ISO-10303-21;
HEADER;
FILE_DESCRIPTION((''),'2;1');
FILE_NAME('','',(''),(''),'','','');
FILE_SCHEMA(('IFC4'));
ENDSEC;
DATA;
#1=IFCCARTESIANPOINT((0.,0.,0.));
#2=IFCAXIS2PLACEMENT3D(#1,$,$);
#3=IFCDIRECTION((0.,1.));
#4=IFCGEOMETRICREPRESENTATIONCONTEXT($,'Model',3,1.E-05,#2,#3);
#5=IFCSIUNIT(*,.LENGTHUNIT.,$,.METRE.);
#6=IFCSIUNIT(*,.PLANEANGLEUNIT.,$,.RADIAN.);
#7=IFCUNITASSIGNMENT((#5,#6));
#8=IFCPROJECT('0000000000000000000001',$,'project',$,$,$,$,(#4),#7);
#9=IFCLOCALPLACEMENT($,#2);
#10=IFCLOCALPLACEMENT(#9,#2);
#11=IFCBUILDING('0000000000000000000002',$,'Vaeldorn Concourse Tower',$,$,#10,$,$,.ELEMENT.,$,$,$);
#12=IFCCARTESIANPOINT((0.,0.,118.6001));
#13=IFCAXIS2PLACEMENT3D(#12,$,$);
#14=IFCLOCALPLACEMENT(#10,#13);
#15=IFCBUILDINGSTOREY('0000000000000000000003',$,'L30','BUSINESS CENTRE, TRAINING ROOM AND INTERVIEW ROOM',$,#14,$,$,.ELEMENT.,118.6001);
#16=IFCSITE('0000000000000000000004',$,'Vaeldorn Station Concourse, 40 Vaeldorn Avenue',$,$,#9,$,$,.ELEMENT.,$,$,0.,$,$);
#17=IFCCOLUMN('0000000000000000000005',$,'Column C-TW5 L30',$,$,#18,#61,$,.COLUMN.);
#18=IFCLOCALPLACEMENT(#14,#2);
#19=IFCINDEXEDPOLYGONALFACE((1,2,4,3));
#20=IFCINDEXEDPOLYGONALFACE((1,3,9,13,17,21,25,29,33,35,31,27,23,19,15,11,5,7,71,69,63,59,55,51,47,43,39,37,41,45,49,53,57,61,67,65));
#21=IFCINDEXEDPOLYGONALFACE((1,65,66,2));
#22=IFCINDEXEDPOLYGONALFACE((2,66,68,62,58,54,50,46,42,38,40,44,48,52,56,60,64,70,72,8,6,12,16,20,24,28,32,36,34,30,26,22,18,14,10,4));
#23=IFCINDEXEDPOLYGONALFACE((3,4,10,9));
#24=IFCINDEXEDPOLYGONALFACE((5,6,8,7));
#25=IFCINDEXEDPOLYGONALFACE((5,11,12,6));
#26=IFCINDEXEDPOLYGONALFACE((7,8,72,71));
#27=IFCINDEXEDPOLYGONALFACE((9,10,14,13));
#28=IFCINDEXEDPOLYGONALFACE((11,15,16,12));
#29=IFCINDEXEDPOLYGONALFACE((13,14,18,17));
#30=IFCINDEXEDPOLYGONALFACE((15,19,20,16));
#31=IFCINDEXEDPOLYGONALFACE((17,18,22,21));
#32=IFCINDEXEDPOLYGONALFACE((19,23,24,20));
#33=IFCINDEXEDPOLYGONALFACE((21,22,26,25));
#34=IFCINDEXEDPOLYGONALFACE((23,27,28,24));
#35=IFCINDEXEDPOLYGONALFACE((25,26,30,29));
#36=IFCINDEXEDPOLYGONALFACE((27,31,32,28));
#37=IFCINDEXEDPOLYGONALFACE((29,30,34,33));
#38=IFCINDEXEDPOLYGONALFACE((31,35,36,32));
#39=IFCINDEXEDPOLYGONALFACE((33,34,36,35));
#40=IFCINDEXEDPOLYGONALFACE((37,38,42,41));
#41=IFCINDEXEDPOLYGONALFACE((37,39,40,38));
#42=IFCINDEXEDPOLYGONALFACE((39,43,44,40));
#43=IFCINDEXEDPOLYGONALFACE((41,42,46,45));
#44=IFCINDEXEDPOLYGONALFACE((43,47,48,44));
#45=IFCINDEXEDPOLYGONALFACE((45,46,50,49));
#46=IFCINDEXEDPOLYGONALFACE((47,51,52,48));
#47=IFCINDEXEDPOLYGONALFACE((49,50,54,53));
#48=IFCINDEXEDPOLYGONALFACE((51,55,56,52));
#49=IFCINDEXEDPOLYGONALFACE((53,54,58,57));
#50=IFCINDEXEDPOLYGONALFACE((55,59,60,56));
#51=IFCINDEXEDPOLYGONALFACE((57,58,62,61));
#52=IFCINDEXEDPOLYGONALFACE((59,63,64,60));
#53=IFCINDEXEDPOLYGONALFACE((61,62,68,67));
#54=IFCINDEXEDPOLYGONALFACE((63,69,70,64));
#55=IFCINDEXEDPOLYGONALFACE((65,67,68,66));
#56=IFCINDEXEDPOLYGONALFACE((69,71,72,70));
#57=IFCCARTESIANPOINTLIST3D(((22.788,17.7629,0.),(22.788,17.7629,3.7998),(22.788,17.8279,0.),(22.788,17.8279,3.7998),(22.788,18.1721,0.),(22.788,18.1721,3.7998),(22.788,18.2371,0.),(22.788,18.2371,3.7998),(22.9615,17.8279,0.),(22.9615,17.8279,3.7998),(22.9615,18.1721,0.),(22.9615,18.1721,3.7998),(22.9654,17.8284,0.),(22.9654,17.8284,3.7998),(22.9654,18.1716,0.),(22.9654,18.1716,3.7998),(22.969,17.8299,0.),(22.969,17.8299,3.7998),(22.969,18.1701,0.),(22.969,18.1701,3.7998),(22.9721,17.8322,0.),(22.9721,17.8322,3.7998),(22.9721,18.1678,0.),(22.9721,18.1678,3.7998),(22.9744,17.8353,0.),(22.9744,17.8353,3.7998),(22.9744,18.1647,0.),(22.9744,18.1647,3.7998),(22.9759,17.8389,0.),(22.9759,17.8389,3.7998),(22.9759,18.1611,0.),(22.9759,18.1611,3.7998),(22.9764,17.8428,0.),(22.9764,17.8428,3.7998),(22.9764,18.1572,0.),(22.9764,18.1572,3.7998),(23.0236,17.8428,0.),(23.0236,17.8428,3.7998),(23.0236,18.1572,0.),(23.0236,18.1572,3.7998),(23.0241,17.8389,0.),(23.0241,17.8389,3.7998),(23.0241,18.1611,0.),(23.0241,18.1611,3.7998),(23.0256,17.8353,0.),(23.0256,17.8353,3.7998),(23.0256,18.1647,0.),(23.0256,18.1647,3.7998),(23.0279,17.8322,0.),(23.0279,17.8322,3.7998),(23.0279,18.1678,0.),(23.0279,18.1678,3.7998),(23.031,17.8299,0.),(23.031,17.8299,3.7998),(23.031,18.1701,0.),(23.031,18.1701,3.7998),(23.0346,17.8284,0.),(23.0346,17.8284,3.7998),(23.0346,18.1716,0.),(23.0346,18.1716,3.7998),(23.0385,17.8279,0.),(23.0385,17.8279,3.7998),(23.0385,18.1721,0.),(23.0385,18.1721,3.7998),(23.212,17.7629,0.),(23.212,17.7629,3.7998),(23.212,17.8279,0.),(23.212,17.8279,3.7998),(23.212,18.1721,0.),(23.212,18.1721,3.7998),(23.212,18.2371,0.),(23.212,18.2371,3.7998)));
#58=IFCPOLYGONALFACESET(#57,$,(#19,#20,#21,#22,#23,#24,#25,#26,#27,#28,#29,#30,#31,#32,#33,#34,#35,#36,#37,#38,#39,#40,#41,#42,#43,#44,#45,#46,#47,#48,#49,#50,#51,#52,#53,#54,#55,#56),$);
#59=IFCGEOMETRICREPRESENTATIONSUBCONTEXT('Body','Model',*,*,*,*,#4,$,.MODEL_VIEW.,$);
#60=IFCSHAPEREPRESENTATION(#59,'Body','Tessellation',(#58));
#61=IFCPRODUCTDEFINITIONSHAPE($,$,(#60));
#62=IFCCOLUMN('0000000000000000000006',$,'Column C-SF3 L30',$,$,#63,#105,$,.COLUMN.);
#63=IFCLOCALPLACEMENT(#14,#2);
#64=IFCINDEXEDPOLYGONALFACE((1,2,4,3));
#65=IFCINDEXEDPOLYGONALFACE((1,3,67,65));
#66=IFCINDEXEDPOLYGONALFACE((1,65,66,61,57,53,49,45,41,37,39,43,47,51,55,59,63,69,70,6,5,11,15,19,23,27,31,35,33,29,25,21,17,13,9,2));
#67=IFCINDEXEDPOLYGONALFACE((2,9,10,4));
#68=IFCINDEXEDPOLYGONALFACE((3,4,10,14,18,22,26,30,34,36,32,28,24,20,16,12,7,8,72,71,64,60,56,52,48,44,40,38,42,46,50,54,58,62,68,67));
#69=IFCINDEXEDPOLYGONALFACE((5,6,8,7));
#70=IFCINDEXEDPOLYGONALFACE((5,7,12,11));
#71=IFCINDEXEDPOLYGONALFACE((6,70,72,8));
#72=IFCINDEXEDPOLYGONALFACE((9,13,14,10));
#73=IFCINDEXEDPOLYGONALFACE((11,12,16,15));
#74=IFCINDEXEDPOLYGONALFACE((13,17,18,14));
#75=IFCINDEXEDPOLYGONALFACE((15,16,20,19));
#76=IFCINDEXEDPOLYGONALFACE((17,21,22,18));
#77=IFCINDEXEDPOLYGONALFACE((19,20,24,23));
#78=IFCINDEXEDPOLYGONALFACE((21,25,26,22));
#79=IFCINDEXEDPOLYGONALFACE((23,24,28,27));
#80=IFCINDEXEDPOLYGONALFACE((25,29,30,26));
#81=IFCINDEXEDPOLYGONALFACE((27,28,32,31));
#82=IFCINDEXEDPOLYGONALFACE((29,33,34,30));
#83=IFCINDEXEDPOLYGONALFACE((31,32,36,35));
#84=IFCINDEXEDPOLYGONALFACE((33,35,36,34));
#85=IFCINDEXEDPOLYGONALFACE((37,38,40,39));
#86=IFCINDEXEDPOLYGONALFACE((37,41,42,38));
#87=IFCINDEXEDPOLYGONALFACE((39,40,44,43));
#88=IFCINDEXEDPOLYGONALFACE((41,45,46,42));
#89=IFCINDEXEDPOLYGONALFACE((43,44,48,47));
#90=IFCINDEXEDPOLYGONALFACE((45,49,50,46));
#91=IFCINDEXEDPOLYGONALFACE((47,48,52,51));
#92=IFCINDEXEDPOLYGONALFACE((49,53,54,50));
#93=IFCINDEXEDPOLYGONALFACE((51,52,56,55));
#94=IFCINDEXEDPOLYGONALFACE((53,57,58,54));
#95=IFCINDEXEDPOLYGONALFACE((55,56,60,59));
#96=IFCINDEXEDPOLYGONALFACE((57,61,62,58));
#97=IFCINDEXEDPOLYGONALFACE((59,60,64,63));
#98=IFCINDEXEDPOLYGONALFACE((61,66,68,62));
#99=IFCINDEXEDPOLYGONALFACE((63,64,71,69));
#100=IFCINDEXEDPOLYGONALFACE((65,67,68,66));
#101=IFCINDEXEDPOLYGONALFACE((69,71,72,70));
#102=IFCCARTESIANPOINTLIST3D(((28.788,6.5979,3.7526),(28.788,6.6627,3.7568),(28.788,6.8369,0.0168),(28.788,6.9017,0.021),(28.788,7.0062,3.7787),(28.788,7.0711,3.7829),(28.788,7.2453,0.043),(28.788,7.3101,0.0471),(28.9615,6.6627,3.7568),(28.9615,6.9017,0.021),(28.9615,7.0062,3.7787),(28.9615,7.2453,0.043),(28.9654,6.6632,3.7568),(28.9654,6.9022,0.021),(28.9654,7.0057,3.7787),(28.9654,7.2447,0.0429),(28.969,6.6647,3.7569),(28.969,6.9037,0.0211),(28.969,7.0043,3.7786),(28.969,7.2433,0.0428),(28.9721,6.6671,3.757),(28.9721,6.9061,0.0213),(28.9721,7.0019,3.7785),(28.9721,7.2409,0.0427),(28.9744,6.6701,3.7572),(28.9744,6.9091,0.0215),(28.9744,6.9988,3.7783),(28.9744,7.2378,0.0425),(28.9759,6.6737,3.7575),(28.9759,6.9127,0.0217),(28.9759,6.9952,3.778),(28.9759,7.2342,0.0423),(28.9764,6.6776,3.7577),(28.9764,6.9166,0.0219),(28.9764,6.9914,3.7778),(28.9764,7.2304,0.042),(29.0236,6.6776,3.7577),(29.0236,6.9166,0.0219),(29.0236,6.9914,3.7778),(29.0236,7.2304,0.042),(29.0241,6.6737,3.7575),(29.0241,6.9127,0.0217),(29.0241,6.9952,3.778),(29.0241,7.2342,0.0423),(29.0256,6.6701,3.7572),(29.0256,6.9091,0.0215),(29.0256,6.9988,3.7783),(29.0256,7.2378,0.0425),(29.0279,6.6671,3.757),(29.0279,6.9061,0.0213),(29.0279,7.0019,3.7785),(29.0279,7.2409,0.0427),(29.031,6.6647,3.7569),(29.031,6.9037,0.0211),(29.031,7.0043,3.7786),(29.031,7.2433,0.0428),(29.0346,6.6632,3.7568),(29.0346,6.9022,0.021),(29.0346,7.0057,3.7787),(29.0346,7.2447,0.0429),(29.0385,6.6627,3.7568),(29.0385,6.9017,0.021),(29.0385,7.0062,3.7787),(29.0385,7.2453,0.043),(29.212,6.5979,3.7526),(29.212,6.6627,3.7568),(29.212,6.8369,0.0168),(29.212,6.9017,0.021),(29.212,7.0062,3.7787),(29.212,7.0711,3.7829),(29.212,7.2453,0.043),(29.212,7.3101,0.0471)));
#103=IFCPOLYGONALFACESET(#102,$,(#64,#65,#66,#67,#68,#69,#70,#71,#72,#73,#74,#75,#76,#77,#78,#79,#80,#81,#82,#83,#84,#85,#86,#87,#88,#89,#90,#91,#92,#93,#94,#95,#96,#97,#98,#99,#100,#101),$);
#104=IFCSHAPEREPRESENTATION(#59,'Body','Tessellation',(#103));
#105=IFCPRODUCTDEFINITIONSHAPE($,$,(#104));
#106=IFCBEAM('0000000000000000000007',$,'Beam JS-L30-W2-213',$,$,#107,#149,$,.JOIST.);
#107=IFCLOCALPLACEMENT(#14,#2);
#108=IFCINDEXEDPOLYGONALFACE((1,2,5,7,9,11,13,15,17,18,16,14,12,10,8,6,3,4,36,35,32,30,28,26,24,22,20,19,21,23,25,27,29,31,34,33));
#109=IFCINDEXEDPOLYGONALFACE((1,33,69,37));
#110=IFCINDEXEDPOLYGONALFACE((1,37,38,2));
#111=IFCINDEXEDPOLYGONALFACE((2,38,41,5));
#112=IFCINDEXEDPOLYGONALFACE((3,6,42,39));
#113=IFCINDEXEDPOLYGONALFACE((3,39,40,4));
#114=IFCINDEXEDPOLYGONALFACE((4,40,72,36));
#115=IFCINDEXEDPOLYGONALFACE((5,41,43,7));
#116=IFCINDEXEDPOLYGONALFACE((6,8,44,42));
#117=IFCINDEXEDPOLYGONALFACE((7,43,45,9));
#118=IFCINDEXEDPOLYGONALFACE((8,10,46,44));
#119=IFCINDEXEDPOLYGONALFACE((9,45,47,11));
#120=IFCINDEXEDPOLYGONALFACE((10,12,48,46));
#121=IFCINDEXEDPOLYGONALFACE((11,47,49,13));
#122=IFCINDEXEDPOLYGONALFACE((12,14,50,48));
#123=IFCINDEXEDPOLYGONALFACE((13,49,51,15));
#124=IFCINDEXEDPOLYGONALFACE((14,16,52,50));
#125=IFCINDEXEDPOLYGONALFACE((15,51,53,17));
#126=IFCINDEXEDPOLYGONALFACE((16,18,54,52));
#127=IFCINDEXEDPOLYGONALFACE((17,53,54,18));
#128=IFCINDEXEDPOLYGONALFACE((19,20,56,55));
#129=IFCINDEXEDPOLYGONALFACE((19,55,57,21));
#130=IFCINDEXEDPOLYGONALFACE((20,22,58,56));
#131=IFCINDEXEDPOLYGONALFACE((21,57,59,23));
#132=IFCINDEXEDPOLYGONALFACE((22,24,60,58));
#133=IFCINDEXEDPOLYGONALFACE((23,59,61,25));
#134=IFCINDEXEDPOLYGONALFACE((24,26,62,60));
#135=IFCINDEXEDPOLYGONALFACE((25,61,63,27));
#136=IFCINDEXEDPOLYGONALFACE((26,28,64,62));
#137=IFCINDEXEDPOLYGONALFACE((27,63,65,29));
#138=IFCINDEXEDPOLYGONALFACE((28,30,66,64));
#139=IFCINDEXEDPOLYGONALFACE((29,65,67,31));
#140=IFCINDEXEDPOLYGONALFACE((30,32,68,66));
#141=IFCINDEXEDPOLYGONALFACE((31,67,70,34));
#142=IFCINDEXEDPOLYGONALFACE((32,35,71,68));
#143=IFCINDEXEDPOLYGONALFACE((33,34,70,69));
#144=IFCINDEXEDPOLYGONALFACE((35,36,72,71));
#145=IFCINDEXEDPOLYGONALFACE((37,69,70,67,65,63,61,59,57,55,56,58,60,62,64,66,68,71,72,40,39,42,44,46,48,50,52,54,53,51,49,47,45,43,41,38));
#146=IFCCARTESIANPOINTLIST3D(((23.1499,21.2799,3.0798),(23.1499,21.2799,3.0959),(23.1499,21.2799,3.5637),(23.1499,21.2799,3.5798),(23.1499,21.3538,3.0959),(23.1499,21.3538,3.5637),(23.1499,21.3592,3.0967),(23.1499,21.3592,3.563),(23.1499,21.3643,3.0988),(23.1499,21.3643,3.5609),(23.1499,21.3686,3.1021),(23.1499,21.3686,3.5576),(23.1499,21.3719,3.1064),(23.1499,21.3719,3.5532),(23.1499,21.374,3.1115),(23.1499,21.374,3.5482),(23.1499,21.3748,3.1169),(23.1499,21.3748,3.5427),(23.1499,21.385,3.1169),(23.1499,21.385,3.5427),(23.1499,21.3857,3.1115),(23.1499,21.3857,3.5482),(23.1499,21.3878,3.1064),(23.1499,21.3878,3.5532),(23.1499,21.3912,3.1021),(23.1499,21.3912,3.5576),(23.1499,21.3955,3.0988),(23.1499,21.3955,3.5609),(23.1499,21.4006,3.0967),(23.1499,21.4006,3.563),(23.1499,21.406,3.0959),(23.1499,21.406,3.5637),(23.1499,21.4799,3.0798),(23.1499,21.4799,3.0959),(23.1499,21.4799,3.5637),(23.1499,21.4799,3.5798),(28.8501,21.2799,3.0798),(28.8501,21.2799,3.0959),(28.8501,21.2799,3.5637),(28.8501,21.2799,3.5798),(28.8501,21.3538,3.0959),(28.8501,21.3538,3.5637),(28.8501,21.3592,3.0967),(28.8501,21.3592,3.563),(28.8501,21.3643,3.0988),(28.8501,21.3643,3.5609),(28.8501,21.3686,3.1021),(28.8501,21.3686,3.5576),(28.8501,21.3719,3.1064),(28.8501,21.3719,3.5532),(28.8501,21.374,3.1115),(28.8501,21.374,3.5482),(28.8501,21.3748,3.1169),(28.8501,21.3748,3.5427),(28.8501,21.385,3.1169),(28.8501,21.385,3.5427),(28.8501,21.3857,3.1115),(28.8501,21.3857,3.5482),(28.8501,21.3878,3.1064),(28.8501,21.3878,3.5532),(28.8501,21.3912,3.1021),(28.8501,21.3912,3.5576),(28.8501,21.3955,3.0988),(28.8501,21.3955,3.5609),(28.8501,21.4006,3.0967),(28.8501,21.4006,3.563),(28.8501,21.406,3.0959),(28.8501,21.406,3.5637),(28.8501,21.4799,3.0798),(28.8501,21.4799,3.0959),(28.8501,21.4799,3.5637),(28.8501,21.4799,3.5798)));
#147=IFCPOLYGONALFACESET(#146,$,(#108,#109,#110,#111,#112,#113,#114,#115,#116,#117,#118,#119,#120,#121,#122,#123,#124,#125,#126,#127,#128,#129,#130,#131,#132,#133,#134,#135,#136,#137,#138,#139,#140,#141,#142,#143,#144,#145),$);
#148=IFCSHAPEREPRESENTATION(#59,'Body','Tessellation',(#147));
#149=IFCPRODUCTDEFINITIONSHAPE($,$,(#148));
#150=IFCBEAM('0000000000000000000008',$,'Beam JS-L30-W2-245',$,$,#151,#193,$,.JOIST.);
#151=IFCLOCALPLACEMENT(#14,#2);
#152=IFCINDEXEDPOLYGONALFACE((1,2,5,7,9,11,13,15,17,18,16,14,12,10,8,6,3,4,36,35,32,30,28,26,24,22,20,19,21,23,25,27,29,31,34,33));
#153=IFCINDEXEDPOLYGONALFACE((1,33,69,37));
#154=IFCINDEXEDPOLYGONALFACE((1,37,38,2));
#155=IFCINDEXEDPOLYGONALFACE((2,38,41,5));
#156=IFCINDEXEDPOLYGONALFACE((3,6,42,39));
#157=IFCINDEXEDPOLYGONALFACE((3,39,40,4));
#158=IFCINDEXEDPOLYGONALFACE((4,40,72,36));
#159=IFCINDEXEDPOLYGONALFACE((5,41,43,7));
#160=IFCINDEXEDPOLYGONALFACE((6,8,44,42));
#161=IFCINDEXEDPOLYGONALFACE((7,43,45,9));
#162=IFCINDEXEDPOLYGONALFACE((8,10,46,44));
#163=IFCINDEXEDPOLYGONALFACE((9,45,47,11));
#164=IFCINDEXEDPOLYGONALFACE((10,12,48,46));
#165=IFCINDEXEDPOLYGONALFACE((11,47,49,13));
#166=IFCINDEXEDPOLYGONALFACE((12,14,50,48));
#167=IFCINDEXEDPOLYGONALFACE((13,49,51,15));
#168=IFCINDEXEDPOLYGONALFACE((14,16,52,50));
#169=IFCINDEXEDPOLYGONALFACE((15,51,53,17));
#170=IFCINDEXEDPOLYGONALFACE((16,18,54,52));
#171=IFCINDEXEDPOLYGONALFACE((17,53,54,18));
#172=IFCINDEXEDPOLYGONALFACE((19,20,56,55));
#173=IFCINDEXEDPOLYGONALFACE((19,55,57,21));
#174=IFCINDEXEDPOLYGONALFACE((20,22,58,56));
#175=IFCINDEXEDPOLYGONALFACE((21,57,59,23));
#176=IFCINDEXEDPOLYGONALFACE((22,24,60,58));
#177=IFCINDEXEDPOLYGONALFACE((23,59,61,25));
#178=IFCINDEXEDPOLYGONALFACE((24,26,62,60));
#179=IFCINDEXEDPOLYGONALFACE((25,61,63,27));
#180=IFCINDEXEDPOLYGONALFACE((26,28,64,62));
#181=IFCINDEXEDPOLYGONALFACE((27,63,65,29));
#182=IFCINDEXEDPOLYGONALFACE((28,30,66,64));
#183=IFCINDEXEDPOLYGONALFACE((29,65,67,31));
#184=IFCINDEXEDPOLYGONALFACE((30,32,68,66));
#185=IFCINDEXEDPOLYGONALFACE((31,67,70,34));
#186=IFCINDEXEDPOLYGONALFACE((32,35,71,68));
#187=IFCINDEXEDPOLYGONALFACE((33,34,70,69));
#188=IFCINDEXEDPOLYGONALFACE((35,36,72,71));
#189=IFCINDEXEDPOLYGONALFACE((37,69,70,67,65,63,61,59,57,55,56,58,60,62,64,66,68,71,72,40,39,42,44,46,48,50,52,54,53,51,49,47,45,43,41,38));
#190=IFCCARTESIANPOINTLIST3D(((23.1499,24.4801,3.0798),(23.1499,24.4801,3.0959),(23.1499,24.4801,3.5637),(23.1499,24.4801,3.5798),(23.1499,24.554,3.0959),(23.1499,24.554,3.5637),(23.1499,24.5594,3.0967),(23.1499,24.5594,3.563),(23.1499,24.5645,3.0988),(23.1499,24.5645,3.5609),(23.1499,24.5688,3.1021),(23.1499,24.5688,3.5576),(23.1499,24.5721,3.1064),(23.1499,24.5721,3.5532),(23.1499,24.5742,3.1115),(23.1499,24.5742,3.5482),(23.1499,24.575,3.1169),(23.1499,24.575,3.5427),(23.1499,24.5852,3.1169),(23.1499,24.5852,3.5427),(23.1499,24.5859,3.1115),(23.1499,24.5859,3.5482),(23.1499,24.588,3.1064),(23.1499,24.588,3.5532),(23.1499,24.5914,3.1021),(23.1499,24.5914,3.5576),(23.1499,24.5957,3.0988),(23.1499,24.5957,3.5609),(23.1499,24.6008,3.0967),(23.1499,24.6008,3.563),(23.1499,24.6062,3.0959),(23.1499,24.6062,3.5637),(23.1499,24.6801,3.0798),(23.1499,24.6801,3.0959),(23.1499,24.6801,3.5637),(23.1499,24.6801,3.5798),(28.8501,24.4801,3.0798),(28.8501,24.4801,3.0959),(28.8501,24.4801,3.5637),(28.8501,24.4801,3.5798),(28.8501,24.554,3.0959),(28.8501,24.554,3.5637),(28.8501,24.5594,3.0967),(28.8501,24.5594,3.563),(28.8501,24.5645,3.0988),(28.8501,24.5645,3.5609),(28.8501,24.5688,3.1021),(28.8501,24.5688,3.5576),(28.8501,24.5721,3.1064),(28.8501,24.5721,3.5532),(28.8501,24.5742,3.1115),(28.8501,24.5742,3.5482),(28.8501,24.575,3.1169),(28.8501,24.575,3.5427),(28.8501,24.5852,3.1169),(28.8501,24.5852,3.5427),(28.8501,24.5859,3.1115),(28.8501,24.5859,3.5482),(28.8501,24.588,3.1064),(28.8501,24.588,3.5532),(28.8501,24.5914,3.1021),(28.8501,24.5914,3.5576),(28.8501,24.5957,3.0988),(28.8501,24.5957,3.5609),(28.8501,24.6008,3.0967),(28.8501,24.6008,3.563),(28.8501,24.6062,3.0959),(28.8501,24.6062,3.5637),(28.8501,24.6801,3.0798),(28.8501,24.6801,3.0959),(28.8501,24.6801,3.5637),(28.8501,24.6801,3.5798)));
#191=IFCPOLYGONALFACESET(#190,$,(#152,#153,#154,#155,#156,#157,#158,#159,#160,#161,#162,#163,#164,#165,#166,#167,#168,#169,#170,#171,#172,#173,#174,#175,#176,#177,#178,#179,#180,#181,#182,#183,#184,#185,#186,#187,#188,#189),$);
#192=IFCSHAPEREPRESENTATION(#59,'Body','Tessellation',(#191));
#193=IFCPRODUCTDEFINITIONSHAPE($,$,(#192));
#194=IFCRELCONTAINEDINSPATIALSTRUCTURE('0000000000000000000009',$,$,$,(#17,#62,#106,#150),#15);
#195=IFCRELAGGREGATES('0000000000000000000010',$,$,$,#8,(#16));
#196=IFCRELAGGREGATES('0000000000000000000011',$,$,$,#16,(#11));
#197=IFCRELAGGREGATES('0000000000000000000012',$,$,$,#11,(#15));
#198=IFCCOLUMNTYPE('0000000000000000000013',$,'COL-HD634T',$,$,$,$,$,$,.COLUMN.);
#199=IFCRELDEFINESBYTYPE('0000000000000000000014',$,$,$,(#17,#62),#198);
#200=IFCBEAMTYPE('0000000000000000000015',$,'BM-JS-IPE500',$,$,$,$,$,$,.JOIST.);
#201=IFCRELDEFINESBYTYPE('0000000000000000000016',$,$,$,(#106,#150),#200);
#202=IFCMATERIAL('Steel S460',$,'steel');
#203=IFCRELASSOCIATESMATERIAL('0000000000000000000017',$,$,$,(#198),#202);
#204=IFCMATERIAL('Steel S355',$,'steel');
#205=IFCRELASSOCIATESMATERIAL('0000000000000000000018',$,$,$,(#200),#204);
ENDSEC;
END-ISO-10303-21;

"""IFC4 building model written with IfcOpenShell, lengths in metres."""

from ifc_helpers import new_model, si_unit, direction, frame, origin, origin_2d, place, context, subcontext, project, spatial, i_section, extrude, source, transform, mapped, material, material_profile, profile_set, type_object, element, save


model = new_model("IFC4")

# Units and contexts
model_context = context("Model", 3, precision=1e-05, world=origin(), true_north=direction((0.0, 1.0)))
body_context = subcontext(model_context, "Body", "Model", "MODEL_VIEW")
ifc_project = project(units=[si_unit("LENGTHUNIT", "METRE"), si_unit("PLANEANGLEUNIT", "RADIAN")], contexts=[model_context])

# Site, building, storey
site_placement = place(None, origin())
site = spatial("IfcSite", under=ifc_project, at=site_placement, Name="Vaeldorn Station Concourse, 40 Vaeldorn Avenue", CompositionType="ELEMENT", RefElevation=0.0)
building_placement = place(site_placement, origin())
building = spatial("IfcBuilding", under=site, at=building_placement, Name="Vaeldorn Concourse Tower", CompositionType="ELEMENT")
storey_placement = place(building_placement, frame((0.0, 0.0, 118.6001)))
storey = spatial("IfcBuildingStorey", under=building, at=storey_placement, Name="L30", Description="BUSINESS CENTRE, TRAINING ROOM AND INTERVIEW ROOM", CompositionType="ELEMENT", Elevation=118.6001)

# Columns
ifc_material_1 = material(Name="Steel S460", Category="steel")
ifc_material_profile_1 = material_profile(ifc_material_1, i_section(OverallWidth=0.4241, OverallDepth=0.4741, WebThickness=0.0471, FlangeThickness=0.0649, FilletRadius=0.0149, at=origin_2d()), Name="HD 400x634")
ifc_profile_set_1 = profile_set([ifc_material_profile_1], Name="Steel S460")
column_type = type_object("IfcColumnType", Name="COL-HD634T", PredefinedType="COLUMN", material=ifc_profile_set_1)
shared_shape_1 = source(origin(), body_context, "Body", "SweptSolid", [
    extrude(i_section(OverallWidth=0.4241, OverallDepth=0.4741, WebThickness=0.0471, FlangeThickness=0.0649, FilletRadius=0.0149, at=origin_2d()), origin(), (0.0, 0.0, 1.0), 3.7998),
])
column_1_placement = place(storey_placement, frame((23.0, 18.0, 0.0), z_axis=(0.0, 0.0, 1.0), x_axis=(1.0, 0.0, 0.0)))
element("IfcColumn", 1, at=column_1_placement, inside=storey, type_object=column_type, Name="Column C-TW5 L30", PredefinedType="COLUMN", context=body_context, shape_type="MappedRepresentation", body=[
    mapped(shared_shape_1, transform((0.0, 0.0, 0.0), scale=1.0)),
])
shared_shape_2 = source(origin(), body_context, "Body", "SweptSolid", [
    extrude(i_section(OverallWidth=0.4241, OverallDepth=0.4741, WebThickness=0.0471, FlangeThickness=0.0649, FilletRadius=0.0149, at=origin_2d()), origin(), (0.0, 0.0, 1.0), 3.7434),
])
column_2_placement = place(storey_placement, frame((29.0, 7.0735, 0.032), z_axis=(0.0, -0.063848, 0.99796), x_axis=(1.0, 0.0, 0.0)))
element("IfcColumn", 2, at=column_2_placement, inside=storey, type_object=column_type, Name="Column C-SF3 L30", PredefinedType="COLUMN", context=body_context, shape_type="MappedRepresentation", body=[
    mapped(shared_shape_2, transform((0.0, 0.0, 0.0), scale=1.0)),
])

# Beams
ifc_material_2 = material(Name="Steel S355", Category="steel")
ifc_material_profile_2 = material_profile(ifc_material_2, i_section(OverallWidth=0.2, OverallDepth=0.5, WebThickness=0.0103, FlangeThickness=0.0161, FilletRadius=0.021, at=origin_2d()), Name="IPE 500")
ifc_profile_set_2 = profile_set([ifc_material_profile_2], Name="Steel S355")
beam_type_1 = type_object("IfcBeamType", Name="BM-JS-IPE500", PredefinedType="JOIST", material=ifc_profile_set_2)
shared_shape_3 = source(origin(), body_context, "Body", "SweptSolid", [
    extrude(i_section(OverallWidth=0.2, OverallDepth=0.5, WebThickness=0.0103, FlangeThickness=0.0161, FilletRadius=0.021, at=origin_2d()), origin(), (0.0, 0.0, 1.0), 5.7002),
])
for number, where, z_axis, x_axis, name in (
    (3, (23.1499, 21.3799, 3.3298), (1.0, 0.0, 0.0), (0.0, 1.0, 0.0), "Beam JS-L30-W2-213"),
    (4, (23.1499, 24.5801, 3.3298), (1.0, 0.0, 0.0), (0.0, 1.0, 0.0), "Beam JS-L30-W2-245"),
):
    element("IfcBeam", number, at=place(storey_placement, frame(where, z_axis=z_axis, x_axis=x_axis)), inside=storey, type_object=beam_type_1, Name=name, PredefinedType="JOIST", context=body_context, shape_type="MappedRepresentation", body=[
        mapped(shared_shape_3, transform((0.0, 0.0, 0.0), scale=1.0)),
    ])

save(model, "model.ifc")
